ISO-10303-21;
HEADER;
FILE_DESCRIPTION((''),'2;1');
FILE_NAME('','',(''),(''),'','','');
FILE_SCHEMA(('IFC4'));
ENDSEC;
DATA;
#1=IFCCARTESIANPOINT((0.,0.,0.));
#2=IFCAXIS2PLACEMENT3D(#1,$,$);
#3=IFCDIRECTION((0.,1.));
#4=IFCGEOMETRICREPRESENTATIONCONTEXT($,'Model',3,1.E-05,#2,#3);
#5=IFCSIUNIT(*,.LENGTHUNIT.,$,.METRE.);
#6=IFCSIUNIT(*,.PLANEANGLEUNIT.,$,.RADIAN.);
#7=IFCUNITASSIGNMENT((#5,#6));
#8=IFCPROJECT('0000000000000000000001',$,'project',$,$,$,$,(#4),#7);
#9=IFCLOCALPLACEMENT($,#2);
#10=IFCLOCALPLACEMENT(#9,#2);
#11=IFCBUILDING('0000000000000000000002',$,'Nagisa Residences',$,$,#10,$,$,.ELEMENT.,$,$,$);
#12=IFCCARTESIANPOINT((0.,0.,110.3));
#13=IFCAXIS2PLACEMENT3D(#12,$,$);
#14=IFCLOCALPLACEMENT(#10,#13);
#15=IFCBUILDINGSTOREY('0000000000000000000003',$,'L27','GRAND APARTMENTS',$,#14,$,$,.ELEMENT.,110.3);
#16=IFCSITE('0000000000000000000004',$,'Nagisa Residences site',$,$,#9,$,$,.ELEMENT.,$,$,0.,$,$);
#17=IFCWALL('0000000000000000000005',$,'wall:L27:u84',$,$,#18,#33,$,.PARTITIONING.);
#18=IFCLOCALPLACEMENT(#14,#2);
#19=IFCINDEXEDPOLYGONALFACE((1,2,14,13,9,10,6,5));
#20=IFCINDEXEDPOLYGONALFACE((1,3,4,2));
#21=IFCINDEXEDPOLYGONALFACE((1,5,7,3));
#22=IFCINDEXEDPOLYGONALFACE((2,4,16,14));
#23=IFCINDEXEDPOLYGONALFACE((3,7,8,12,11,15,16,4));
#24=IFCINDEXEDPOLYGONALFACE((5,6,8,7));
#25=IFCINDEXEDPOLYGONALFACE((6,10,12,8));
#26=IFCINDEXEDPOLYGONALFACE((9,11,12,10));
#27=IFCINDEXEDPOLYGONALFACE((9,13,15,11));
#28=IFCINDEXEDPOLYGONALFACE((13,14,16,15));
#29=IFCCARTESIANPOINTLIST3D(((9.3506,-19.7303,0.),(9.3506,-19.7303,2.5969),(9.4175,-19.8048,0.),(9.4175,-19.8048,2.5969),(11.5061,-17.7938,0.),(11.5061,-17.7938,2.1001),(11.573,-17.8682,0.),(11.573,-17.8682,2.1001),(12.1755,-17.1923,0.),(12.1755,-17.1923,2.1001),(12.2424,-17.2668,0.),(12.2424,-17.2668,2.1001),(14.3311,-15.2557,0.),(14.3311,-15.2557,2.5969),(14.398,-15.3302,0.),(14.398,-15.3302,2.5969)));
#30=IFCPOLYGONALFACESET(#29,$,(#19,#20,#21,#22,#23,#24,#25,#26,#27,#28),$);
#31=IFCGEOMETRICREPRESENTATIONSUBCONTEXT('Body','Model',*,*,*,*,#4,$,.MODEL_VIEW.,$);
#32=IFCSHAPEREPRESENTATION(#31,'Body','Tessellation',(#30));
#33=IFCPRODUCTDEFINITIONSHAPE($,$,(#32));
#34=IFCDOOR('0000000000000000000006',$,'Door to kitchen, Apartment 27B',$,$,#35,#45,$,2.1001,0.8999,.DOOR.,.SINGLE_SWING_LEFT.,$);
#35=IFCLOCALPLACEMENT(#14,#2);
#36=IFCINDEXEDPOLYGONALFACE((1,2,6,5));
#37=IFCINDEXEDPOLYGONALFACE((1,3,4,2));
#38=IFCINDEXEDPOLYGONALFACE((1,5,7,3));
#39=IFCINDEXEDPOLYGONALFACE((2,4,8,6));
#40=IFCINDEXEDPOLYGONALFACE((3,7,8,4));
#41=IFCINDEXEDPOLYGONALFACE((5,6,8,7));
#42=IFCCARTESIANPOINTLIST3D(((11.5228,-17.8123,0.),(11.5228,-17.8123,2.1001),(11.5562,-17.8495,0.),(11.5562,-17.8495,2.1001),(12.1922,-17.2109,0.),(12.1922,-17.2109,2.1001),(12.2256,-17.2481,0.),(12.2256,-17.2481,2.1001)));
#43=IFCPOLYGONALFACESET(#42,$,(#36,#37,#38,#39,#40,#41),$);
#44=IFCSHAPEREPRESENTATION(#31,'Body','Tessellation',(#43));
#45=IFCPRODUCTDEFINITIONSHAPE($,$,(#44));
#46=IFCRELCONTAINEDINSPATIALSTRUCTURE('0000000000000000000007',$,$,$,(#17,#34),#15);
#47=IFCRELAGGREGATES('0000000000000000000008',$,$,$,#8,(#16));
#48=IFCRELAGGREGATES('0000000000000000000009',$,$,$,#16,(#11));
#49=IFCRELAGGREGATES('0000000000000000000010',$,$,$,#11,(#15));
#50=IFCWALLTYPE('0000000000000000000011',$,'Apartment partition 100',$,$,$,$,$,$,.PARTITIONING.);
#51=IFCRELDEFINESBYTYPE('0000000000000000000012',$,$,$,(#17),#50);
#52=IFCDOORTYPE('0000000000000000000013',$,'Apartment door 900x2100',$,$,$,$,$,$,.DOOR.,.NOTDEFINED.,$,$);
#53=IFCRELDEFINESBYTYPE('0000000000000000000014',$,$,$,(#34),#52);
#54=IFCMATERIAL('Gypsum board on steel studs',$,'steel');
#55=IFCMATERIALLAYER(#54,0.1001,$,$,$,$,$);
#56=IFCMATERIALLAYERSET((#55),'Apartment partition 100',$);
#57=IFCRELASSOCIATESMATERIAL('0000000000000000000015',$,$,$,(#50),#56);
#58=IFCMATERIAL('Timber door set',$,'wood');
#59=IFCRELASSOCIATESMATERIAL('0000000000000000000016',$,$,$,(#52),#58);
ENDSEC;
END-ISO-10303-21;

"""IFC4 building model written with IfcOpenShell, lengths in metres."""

from ifc_helpers import new_model, si_unit, direction, frame, frame_2d, origin, place, context, subcontext, project, spatial, rectangle, extrude, material, layer, layer_set, type_object, element, fill, save


model = new_model("IFC4")

# Units and contexts
model_context = context("Model", 3, precision=1e-05, world=origin(), true_north=direction((0.0, 1.0)))
body_context = subcontext(model_context, "Body", "Model", "MODEL_VIEW")
ifc_project = project(units=[si_unit("LENGTHUNIT", "METRE"), si_unit("PLANEANGLEUNIT", "RADIAN")], contexts=[model_context])

# Site, building, storey
site_placement = place(None, origin())
site = spatial("IfcSite", under=ifc_project, at=site_placement, Name="Nagisa Residences site", CompositionType="ELEMENT", RefElevation=0.0)
building_placement = place(site_placement, origin())
building = spatial("IfcBuilding", under=site, at=building_placement, Name="Nagisa Residences", CompositionType="ELEMENT")
storey_placement = place(building_placement, frame((0.0, 0.0, 110.3)))
storey = spatial("IfcBuildingStorey", under=building, at=storey_placement, Name="L27", Description="GRAND APARTMENTS", CompositionType="ELEMENT", Elevation=110.3)

# Shared definitions
ifc_material_1 = material(Name="Gypsum board on steel studs", Category="steel")
ifc_layer_1 = layer(ifc_material_1, 0.1001)
ifc_layer_set_1 = layer_set([ifc_layer_1], Name="Apartment partition 100")
wall_type_1 = type_object("IfcWallType", Name="Apartment partition 100", PredefinedType="PARTITIONING", material=ifc_layer_set_1)
ifc_material_2 = material(Name="Timber door set", Category="wood")
door_type_1 = type_object("IfcDoorType", Name="Apartment door 900x2100", OperationType="NOTDEFINED", PredefinedType="DOOR", material=ifc_material_2)

# Wall, opening, door
wall_1_placement = place(storey_placement, frame((9.384, -19.7676, 0.0), z_axis=(0.0, 0.0, 1.0), x_axis=(0.743874, 0.66832, 0.0)))
wall_1 = element("IfcWall", 1, at=wall_1_placement, inside=storey, type_object=wall_type_1, Name="wall:L27:u84", PredefinedType="PARTITIONING", context=body_context, shape_type="SweptSolid", body=[
    extrude(rectangle(XDim=6.6953, YDim=0.1001, at=frame_2d((3.3477, 0.0))), origin(), (0.0, 0.0, 1.0), 2.5969),
])
opening_1_placement = place(wall_1_placement, frame((2.8977, 0.0, 0.0)))
opening_1 = element("IfcOpeningElement", 2, at=opening_1_placement, cuts=wall_1, PredefinedType="OPENING", context=body_context, shape_type="SweptSolid", body=[
    extrude(rectangle(XDim=0.8999, YDim=2.1001, at=frame_2d((0.45, 1.05))), frame((0.0, 0.0601, 0.0), z_axis=(0.0, -1.0, 0.0), x_axis=(1.0, 0.0, 0.0)), (0.0, 0.0, 1.0), 0.1201),
])
door_1_placement = place(opening_1_placement, frame((0.8999, 0.0, 0.0), x_axis=(-1.0, 0.0, 0.0)))
door_1 = element("IfcDoor", 3, at=door_1_placement, inside=storey, type_object=door_type_1, Name="Door to kitchen, Apartment 27B", OperationType="SINGLE_SWING_LEFT", OverallHeight=2.1001, OverallWidth=0.8999, PredefinedType="DOOR", context=body_context, shape_type="SweptSolid", body=[
    extrude(rectangle(XDim=0.8999, YDim=2.1001, at=frame_2d((0.45, 1.05))), frame((0.0, 0.0249, 0.0), z_axis=(0.0, -1.0, 0.0), x_axis=(1.0, 0.0, 0.0)), (0.0, 0.0, 1.0), 0.05),
])
fill(opening_1, door_1)

save(model, "model.ifc")
